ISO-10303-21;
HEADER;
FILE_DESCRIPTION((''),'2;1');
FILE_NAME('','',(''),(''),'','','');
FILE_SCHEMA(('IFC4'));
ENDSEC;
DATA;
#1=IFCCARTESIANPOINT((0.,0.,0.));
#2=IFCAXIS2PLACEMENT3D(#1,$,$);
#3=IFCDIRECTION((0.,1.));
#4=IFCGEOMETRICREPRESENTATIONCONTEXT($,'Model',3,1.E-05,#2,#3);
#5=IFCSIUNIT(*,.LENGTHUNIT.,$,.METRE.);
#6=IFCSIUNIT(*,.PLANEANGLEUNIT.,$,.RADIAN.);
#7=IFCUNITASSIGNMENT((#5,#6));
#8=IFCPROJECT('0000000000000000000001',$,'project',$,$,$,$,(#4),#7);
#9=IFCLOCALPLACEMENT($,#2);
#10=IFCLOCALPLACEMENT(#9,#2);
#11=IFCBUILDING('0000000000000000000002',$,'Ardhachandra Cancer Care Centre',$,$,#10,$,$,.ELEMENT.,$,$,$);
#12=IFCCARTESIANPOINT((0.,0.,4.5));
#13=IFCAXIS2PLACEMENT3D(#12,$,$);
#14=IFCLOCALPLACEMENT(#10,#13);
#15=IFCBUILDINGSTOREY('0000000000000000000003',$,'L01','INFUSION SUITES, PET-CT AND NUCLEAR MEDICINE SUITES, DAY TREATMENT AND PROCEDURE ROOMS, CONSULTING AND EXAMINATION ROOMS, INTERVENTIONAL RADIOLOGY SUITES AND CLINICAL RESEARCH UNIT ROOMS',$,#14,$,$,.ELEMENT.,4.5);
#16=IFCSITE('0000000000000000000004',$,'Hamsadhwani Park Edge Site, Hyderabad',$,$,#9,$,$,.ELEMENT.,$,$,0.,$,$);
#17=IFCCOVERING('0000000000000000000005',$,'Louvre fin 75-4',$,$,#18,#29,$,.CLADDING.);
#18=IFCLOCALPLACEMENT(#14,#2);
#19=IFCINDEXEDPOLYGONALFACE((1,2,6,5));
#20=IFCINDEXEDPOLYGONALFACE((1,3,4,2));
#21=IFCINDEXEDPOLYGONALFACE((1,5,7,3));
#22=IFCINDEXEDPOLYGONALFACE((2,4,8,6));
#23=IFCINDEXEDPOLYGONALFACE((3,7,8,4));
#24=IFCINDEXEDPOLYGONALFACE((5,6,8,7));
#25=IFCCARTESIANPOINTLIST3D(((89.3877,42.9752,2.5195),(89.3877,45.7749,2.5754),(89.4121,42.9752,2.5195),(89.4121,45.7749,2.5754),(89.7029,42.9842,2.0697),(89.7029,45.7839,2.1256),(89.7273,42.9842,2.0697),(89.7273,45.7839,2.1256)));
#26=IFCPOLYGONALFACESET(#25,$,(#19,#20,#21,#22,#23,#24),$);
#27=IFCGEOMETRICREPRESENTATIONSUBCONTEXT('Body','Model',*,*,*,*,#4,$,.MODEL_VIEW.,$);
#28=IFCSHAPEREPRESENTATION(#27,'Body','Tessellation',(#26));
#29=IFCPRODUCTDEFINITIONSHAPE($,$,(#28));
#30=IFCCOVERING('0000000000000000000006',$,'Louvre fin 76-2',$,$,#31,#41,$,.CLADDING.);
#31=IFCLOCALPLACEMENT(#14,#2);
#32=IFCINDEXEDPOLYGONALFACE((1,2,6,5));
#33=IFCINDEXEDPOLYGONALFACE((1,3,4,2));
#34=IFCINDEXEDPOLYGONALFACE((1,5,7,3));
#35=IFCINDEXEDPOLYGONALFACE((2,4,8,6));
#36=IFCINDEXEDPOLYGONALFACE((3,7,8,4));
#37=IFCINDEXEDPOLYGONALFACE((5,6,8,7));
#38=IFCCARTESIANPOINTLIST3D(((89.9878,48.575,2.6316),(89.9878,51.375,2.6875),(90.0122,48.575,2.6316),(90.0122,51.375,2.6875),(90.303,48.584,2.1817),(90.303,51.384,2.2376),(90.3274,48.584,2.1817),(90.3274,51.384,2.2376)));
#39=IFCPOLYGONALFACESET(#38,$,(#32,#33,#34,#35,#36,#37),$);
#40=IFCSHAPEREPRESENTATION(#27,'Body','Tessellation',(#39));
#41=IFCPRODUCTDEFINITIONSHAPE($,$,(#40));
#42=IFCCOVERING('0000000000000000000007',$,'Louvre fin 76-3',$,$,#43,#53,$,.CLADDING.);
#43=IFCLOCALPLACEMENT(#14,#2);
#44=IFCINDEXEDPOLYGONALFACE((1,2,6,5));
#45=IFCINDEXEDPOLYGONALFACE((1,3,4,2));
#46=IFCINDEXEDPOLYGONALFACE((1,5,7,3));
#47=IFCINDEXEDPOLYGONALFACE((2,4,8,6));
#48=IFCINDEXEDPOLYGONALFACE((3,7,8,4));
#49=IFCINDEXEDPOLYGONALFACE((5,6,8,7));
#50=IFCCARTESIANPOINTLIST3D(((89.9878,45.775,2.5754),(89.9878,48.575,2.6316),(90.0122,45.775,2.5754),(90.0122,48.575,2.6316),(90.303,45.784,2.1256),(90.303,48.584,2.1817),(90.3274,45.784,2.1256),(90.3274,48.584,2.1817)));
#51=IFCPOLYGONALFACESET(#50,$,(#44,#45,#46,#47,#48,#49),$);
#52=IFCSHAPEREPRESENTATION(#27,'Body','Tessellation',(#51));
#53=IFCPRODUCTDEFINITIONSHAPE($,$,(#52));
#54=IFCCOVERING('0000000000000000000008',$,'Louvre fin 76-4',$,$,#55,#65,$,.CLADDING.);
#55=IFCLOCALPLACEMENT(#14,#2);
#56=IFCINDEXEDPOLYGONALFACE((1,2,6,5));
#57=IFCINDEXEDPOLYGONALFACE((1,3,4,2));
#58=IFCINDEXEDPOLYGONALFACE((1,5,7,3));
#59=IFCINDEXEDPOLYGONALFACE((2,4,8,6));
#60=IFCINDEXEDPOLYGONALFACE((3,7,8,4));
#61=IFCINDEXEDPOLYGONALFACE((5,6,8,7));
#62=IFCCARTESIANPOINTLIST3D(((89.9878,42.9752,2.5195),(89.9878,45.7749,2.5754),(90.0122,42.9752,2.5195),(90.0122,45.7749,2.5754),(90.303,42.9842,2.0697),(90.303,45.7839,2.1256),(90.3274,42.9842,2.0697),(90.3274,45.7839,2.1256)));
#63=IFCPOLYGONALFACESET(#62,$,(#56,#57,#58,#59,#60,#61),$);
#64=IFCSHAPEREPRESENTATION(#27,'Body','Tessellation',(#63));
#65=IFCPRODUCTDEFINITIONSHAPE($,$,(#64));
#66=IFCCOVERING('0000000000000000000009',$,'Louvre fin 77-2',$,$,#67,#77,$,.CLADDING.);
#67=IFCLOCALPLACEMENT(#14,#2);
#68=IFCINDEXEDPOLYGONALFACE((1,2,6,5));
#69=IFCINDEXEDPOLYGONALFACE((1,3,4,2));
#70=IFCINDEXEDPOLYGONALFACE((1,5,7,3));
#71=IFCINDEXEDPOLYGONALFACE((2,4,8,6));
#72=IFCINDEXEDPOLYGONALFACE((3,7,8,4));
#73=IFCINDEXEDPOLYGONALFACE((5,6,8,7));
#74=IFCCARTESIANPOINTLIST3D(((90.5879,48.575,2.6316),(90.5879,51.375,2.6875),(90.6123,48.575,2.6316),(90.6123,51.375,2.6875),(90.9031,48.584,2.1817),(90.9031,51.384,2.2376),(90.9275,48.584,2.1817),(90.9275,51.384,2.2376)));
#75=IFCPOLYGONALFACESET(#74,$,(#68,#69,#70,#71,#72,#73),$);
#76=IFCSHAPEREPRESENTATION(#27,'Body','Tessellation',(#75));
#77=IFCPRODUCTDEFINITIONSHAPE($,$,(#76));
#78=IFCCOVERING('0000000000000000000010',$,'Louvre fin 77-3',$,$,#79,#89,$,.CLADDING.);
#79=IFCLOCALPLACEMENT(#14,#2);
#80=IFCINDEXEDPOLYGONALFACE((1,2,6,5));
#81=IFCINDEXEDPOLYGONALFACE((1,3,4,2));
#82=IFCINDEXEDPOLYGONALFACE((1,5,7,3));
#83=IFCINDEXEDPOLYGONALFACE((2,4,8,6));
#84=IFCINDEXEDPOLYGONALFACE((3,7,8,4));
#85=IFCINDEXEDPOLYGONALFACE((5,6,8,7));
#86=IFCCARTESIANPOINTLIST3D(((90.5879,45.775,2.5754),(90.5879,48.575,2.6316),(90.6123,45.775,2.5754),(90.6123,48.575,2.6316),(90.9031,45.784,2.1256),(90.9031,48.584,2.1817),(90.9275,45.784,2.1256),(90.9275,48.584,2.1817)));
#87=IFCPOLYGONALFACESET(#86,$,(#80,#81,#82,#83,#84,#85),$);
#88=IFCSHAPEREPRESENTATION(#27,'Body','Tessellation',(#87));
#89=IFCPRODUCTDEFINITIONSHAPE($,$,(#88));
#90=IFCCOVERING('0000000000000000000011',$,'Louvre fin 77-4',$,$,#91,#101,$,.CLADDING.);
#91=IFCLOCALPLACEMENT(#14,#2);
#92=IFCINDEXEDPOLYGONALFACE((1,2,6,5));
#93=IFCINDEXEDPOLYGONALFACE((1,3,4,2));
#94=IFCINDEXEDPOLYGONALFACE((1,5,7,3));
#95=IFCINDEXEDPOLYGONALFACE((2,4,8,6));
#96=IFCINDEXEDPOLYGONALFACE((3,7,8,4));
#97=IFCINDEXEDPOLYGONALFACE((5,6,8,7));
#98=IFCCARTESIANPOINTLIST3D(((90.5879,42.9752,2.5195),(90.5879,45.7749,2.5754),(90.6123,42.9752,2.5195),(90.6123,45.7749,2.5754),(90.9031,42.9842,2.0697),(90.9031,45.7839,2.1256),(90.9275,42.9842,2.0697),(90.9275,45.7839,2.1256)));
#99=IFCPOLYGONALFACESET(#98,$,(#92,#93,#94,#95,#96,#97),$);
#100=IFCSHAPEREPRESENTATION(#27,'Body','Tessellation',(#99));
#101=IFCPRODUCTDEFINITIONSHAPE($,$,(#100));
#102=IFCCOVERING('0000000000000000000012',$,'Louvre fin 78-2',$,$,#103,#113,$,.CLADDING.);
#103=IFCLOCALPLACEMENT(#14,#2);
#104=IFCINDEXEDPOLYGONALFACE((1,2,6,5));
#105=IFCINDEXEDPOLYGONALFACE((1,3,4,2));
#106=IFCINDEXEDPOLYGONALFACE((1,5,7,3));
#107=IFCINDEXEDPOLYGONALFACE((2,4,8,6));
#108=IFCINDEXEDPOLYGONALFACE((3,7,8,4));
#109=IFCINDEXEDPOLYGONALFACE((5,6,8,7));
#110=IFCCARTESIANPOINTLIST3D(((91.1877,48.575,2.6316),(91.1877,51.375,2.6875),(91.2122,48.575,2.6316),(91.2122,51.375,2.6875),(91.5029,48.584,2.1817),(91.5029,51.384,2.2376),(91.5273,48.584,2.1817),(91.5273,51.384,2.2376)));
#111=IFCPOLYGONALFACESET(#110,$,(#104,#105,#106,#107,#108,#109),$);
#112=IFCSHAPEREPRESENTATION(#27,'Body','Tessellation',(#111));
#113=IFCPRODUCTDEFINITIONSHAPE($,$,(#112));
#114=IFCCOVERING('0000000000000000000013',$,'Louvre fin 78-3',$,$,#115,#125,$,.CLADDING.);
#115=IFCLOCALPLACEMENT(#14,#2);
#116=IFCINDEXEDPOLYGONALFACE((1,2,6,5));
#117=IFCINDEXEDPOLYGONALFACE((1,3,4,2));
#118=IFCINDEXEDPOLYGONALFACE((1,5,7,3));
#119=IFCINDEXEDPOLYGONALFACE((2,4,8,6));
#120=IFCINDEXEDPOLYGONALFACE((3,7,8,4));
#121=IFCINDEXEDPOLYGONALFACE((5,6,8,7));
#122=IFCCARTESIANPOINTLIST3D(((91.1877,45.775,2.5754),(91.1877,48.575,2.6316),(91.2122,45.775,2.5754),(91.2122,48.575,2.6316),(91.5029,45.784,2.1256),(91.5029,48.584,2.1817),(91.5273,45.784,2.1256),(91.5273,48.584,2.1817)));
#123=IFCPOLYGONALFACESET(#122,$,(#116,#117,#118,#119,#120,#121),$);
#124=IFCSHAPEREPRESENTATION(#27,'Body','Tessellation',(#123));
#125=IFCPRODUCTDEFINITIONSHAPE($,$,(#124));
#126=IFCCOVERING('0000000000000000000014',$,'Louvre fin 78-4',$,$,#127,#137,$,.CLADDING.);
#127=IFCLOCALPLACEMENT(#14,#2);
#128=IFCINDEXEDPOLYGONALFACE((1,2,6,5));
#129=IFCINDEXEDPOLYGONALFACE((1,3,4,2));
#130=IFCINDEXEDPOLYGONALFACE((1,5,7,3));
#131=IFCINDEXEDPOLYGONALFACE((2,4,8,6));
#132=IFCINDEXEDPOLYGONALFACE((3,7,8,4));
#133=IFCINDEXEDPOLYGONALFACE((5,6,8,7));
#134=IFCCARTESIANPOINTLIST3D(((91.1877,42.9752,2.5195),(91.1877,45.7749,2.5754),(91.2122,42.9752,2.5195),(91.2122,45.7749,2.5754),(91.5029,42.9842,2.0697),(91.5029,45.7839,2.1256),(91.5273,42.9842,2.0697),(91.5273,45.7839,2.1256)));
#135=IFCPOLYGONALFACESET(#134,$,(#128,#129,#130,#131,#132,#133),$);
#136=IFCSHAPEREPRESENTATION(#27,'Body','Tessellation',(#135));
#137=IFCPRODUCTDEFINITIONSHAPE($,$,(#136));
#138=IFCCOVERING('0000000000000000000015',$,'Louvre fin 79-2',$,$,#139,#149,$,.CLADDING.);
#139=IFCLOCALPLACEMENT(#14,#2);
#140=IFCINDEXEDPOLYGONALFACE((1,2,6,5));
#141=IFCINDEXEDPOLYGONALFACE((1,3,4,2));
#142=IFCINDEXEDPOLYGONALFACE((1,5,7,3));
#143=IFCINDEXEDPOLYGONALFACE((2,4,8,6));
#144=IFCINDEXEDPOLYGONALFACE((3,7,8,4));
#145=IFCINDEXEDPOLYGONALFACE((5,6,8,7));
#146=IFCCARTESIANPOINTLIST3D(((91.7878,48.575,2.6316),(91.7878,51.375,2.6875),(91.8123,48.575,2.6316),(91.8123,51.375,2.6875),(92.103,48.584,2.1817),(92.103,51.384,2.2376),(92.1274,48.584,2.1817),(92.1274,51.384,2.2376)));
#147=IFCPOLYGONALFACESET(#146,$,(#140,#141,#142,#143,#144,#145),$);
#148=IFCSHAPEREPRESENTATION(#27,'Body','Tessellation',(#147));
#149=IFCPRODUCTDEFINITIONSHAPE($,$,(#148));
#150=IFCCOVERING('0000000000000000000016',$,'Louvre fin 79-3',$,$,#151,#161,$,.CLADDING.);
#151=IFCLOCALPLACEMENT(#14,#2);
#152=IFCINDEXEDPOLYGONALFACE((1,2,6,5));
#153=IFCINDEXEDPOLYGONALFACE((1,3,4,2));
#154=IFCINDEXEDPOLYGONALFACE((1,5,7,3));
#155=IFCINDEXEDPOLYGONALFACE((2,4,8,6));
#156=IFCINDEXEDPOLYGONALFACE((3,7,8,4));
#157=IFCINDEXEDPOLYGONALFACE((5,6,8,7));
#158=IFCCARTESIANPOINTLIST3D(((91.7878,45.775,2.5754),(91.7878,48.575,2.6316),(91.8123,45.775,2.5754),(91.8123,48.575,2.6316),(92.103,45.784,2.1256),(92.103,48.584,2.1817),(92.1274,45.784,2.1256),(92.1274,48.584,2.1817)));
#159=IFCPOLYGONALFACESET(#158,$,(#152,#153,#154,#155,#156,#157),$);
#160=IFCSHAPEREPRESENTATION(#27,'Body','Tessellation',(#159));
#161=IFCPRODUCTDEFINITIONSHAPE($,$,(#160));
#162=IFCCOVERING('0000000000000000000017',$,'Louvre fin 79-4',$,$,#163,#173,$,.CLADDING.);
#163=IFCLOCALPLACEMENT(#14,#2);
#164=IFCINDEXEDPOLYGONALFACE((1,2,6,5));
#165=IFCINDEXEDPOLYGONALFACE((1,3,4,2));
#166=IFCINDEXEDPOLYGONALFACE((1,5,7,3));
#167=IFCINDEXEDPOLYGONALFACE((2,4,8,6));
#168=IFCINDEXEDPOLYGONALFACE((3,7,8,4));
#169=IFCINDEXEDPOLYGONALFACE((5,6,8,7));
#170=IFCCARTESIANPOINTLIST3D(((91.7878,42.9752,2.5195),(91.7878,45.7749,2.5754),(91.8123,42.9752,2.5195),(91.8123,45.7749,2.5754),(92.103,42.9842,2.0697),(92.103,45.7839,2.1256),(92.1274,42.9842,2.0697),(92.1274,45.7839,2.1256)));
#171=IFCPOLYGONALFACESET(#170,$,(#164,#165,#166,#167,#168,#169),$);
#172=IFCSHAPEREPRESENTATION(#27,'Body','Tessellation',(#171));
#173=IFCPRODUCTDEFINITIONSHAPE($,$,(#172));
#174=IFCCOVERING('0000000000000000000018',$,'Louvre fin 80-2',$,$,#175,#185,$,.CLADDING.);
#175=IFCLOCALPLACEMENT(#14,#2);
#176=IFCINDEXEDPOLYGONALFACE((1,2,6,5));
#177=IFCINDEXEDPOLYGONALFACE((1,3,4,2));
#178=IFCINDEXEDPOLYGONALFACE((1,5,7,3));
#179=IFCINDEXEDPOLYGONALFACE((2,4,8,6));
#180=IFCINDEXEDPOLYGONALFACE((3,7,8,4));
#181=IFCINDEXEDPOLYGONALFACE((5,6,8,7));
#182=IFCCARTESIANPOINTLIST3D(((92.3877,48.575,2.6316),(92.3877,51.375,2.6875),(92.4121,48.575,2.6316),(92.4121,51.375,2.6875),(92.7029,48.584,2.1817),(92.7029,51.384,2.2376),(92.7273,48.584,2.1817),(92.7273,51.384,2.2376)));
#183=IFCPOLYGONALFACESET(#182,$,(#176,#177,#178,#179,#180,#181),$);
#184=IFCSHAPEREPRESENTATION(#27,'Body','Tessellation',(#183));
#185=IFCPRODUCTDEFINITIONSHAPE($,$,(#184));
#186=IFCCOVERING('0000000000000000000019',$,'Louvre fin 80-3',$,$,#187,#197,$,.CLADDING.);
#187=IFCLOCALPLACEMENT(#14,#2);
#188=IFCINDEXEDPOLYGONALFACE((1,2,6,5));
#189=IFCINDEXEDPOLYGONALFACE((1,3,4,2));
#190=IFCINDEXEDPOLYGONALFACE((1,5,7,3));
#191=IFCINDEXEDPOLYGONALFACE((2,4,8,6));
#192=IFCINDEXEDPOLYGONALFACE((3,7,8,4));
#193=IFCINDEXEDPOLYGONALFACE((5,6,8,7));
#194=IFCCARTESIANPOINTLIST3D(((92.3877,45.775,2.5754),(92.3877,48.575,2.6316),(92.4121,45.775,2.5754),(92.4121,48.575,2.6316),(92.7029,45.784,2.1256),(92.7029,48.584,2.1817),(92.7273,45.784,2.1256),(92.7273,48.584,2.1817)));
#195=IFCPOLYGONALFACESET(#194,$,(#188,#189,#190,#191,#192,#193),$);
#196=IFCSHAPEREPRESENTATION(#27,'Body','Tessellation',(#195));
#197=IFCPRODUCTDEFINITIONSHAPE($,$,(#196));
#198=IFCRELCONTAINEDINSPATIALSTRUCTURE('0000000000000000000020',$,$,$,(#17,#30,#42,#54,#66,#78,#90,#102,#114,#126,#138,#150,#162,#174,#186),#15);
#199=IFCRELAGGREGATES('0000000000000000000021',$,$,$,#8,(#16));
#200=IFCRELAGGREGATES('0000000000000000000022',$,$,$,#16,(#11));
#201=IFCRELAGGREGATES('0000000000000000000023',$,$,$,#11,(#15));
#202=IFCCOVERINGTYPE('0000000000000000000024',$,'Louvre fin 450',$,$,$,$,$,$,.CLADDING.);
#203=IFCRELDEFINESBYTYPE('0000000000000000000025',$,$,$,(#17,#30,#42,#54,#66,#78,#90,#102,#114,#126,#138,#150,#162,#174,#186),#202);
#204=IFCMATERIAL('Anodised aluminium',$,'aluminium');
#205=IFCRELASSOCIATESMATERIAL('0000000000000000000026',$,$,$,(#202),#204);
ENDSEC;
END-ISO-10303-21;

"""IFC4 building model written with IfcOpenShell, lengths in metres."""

from ifc_helpers import new_model, si_unit, direction, frame, origin, place, context, subcontext, project, spatial, polyline, outline, extrude, material, material_profile, profile_set, type_object, element, save


model = new_model("IFC4")

# Units and contexts
model_context = context("Model", 3, precision=1e-05, world=origin(), true_north=direction((0.0, 1.0)))
body_context = subcontext(model_context, "Body", "Model", "MODEL_VIEW")
ifc_project = project(units=[si_unit("LENGTHUNIT", "METRE"), si_unit("PLANEANGLEUNIT", "RADIAN")], contexts=[model_context])

# Site, building, storey
site_placement = place(None, origin())
site = spatial("IfcSite", under=ifc_project, at=site_placement, Name="Hamsadhwani Park Edge Site, Hyderabad", CompositionType="ELEMENT", RefElevation=0.0)
building_placement = place(site_placement, origin())
building = spatial("IfcBuilding", under=site, at=building_placement, Name="Ardhachandra Cancer Care Centre", CompositionType="ELEMENT")
storey_placement = place(building_placement, frame((0.0, 0.0, 4.5)))
storey = spatial("IfcBuildingStorey", under=building, at=storey_placement, Name="L01", Description="INFUSION SUITES, PET-CT AND NUCLEAR MEDICINE SUITES, DAY TREATMENT AND PROCEDURE ROOMS, CONSULTING AND EXAMINATION ROOMS, INTERVENTIONAL RADIOLOGY SUITES AND CLINICAL RESEARCH UNIT ROOMS", CompositionType="ELEMENT", Elevation=4.5)

# Coverings
ifc_material_1 = material(Name="Anodised aluminium", Category="aluminium")
ifc_material_profile = material_profile(ifc_material_1, outline(polyline([(-0.0122, 0.0), (0.0122, 0.0), (0.3274, -0.45), (0.303, -0.45), (-0.0122, 0.0)])), Name="Louvre fin 450")
ifc_profile_set = profile_set([ifc_material_profile], Name="Anodised aluminium")
covering_type = type_object("IfcCoveringType", Name="Louvre fin 450", PredefinedType="CLADDING", material=ifc_profile_set)
covering_1_placement = place(storey_placement, frame((89.3999, 45.7749, 2.5754), z_axis=(0.0, -0.999801, -0.019965), x_axis=(1.0, 0.0, 0.0)))
element("IfcCovering", 1, at=covering_1_placement, inside=storey, type_object=covering_type, Name="Louvre fin 75-4", PredefinedType="CLADDING", context=body_context, shape_type="SweptSolid", body=[
    extrude(outline(polyline([(-0.0122, 0.0), (0.0122, 0.0), (0.3274, -0.45), (0.303, -0.45), (-0.0122, 0.0)])), origin(), (0.0, 0.0, 1.0), 2.8003),
])
for number, where, z_axis, x_axis, name in (
    (2, (90.0, 51.375, 2.6875), (0.0, -0.999801, -0.019963), (1.0, 0.0, 0.0), "Louvre fin 76-2"),
    (3, (90.0, 48.575, 2.6316), (0.0, -0.999799, -0.02005), (1.0, 0.0, 0.0), "Louvre fin 76-3"),
):
    element("IfcCovering", number, at=place(storey_placement, frame(where, z_axis=z_axis, x_axis=x_axis)), inside=storey, type_object=covering_type, Name=name, PredefinedType="CLADDING", context=body_context, shape_type="SweptSolid", body=[
        extrude(outline(polyline([(-0.0122, 0.0), (0.0122, 0.0), (0.3274, -0.45), (0.303, -0.45), (-0.0122, 0.0)])), origin(), (0.0, 0.0, 1.0), 2.8005),
    ])
covering_2_placement = place(storey_placement, frame((90.0, 45.7749, 2.5754), z_axis=(0.0, -0.999801, -0.019965), x_axis=(1.0, 0.0, 0.0)))
element("IfcCovering", 4, at=covering_2_placement, inside=storey, type_object=covering_type, Name="Louvre fin 76-4", PredefinedType="CLADDING", context=body_context, shape_type="SweptSolid", body=[
    extrude(outline(polyline([(-0.0122, 0.0), (0.0122, 0.0), (0.3274, -0.45), (0.303, -0.45), (-0.0122, 0.0)])), origin(), (0.0, 0.0, 1.0), 2.8003),
])
for number, where, z_axis, x_axis, name in (
    (5, (90.6001, 51.375, 2.6875), (0.0, -0.999801, -0.019963), (1.0, 0.0, 0.0), "Louvre fin 77-2"),
    (6, (90.6001, 48.575, 2.6316), (0.0, -0.999799, -0.02005), (1.0, 0.0, 0.0), "Louvre fin 77-3"),
):
    element("IfcCovering", number, at=place(storey_placement, frame(where, z_axis=z_axis, x_axis=x_axis)), inside=storey, type_object=covering_type, Name=name, PredefinedType="CLADDING", context=body_context, shape_type="SweptSolid", body=[
        extrude(outline(polyline([(-0.0122, 0.0), (0.0122, 0.0), (0.3274, -0.45), (0.303, -0.45), (-0.0122, 0.0)])), origin(), (0.0, 0.0, 1.0), 2.8005),
    ])
covering_3_placement = place(storey_placement, frame((90.6001, 45.7749, 2.5754), z_axis=(0.0, -0.999801, -0.019965), x_axis=(1.0, 0.0, 0.0)))
element("IfcCovering", 7, at=covering_3_placement, inside=storey, type_object=covering_type, Name="Louvre fin 77-4", PredefinedType="CLADDING", context=body_context, shape_type="SweptSolid", body=[
    extrude(outline(polyline([(-0.0122, 0.0), (0.0122, 0.0), (0.3274, -0.45), (0.303, -0.45), (-0.0122, 0.0)])), origin(), (0.0, 0.0, 1.0), 2.8003),
])
for number, where, z_axis, x_axis, name in (
    (8, (91.2, 51.375, 2.6875), (0.0, -0.999801, -0.019963), (1.0, 0.0, 0.0), "Louvre fin 78-2"),
    (9, (91.2, 48.575, 2.6316), (0.0, -0.999799, -0.02005), (1.0, 0.0, 0.0), "Louvre fin 78-3"),
):
    element("IfcCovering", number, at=place(storey_placement, frame(where, z_axis=z_axis, x_axis=x_axis)), inside=storey, type_object=covering_type, Name=name, PredefinedType="CLADDING", context=body_context, shape_type="SweptSolid", body=[
        extrude(outline(polyline([(-0.0122, 0.0), (0.0122, 0.0), (0.3274, -0.45), (0.303, -0.45), (-0.0122, 0.0)])), origin(), (0.0, 0.0, 1.0), 2.8005),
    ])
covering_4_placement = place(storey_placement, frame((91.2, 45.7749, 2.5754), z_axis=(0.0, -0.999801, -0.019965), x_axis=(1.0, 0.0, 0.0)))
element("IfcCovering", 10, at=covering_4_placement, inside=storey, type_object=covering_type, Name="Louvre fin 78-4", PredefinedType="CLADDING", context=body_context, shape_type="SweptSolid", body=[
    extrude(outline(polyline([(-0.0122, 0.0), (0.0122, 0.0), (0.3274, -0.45), (0.303, -0.45), (-0.0122, 0.0)])), origin(), (0.0, 0.0, 1.0), 2.8003),
])
for number, where, z_axis, x_axis, name in (
    (11, (91.8, 51.375, 2.6875), (0.0, -0.999801, -0.019963), (1.0, 0.0, 0.0), "Louvre fin 79-2"),
    (12, (91.8, 48.575, 2.6316), (0.0, -0.999799, -0.02005), (1.0, 0.0, 0.0), "Louvre fin 79-3"),
):
    element("IfcCovering", number, at=place(storey_placement, frame(where, z_axis=z_axis, x_axis=x_axis)), inside=storey, type_object=covering_type, Name=name, PredefinedType="CLADDING", context=body_context, shape_type="SweptSolid", body=[
        extrude(outline(polyline([(-0.0122, 0.0), (0.0122, 0.0), (0.3274, -0.45), (0.303, -0.45), (-0.0122, 0.0)])), origin(), (0.0, 0.0, 1.0), 2.8005),
    ])
covering_5_placement = place(storey_placement, frame((91.8, 45.7749, 2.5754), z_axis=(0.0, -0.999801, -0.019965), x_axis=(1.0, 0.0, 0.0)))
element("IfcCovering", 13, at=covering_5_placement, inside=storey, type_object=covering_type, Name="Louvre fin 79-4", PredefinedType="CLADDING", context=body_context, shape_type="SweptSolid", body=[
    extrude(outline(polyline([(-0.0122, 0.0), (0.0122, 0.0), (0.3274, -0.45), (0.303, -0.45), (-0.0122, 0.0)])), origin(), (0.0, 0.0, 1.0), 2.8003),
])
for number, where, z_axis, x_axis, name in (
    (14, (92.3999, 51.375, 2.6875), (0.0, -0.999801, -0.019963), (1.0, 0.0, 0.0), "Louvre fin 80-2"),
    (15, (92.3999, 48.575, 2.6316), (0.0, -0.999799, -0.02005), (1.0, 0.0, 0.0), "Louvre fin 80-3"),
):
    element("IfcCovering", number, at=place(storey_placement, frame(where, z_axis=z_axis, x_axis=x_axis)), inside=storey, type_object=covering_type, Name=name, PredefinedType="CLADDING", context=body_context, shape_type="SweptSolid", body=[
        extrude(outline(polyline([(-0.0122, 0.0), (0.0122, 0.0), (0.3274, -0.45), (0.303, -0.45), (-0.0122, 0.0)])), origin(), (0.0, 0.0, 1.0), 2.8005),
    ])

save(model, "model.ifc")
